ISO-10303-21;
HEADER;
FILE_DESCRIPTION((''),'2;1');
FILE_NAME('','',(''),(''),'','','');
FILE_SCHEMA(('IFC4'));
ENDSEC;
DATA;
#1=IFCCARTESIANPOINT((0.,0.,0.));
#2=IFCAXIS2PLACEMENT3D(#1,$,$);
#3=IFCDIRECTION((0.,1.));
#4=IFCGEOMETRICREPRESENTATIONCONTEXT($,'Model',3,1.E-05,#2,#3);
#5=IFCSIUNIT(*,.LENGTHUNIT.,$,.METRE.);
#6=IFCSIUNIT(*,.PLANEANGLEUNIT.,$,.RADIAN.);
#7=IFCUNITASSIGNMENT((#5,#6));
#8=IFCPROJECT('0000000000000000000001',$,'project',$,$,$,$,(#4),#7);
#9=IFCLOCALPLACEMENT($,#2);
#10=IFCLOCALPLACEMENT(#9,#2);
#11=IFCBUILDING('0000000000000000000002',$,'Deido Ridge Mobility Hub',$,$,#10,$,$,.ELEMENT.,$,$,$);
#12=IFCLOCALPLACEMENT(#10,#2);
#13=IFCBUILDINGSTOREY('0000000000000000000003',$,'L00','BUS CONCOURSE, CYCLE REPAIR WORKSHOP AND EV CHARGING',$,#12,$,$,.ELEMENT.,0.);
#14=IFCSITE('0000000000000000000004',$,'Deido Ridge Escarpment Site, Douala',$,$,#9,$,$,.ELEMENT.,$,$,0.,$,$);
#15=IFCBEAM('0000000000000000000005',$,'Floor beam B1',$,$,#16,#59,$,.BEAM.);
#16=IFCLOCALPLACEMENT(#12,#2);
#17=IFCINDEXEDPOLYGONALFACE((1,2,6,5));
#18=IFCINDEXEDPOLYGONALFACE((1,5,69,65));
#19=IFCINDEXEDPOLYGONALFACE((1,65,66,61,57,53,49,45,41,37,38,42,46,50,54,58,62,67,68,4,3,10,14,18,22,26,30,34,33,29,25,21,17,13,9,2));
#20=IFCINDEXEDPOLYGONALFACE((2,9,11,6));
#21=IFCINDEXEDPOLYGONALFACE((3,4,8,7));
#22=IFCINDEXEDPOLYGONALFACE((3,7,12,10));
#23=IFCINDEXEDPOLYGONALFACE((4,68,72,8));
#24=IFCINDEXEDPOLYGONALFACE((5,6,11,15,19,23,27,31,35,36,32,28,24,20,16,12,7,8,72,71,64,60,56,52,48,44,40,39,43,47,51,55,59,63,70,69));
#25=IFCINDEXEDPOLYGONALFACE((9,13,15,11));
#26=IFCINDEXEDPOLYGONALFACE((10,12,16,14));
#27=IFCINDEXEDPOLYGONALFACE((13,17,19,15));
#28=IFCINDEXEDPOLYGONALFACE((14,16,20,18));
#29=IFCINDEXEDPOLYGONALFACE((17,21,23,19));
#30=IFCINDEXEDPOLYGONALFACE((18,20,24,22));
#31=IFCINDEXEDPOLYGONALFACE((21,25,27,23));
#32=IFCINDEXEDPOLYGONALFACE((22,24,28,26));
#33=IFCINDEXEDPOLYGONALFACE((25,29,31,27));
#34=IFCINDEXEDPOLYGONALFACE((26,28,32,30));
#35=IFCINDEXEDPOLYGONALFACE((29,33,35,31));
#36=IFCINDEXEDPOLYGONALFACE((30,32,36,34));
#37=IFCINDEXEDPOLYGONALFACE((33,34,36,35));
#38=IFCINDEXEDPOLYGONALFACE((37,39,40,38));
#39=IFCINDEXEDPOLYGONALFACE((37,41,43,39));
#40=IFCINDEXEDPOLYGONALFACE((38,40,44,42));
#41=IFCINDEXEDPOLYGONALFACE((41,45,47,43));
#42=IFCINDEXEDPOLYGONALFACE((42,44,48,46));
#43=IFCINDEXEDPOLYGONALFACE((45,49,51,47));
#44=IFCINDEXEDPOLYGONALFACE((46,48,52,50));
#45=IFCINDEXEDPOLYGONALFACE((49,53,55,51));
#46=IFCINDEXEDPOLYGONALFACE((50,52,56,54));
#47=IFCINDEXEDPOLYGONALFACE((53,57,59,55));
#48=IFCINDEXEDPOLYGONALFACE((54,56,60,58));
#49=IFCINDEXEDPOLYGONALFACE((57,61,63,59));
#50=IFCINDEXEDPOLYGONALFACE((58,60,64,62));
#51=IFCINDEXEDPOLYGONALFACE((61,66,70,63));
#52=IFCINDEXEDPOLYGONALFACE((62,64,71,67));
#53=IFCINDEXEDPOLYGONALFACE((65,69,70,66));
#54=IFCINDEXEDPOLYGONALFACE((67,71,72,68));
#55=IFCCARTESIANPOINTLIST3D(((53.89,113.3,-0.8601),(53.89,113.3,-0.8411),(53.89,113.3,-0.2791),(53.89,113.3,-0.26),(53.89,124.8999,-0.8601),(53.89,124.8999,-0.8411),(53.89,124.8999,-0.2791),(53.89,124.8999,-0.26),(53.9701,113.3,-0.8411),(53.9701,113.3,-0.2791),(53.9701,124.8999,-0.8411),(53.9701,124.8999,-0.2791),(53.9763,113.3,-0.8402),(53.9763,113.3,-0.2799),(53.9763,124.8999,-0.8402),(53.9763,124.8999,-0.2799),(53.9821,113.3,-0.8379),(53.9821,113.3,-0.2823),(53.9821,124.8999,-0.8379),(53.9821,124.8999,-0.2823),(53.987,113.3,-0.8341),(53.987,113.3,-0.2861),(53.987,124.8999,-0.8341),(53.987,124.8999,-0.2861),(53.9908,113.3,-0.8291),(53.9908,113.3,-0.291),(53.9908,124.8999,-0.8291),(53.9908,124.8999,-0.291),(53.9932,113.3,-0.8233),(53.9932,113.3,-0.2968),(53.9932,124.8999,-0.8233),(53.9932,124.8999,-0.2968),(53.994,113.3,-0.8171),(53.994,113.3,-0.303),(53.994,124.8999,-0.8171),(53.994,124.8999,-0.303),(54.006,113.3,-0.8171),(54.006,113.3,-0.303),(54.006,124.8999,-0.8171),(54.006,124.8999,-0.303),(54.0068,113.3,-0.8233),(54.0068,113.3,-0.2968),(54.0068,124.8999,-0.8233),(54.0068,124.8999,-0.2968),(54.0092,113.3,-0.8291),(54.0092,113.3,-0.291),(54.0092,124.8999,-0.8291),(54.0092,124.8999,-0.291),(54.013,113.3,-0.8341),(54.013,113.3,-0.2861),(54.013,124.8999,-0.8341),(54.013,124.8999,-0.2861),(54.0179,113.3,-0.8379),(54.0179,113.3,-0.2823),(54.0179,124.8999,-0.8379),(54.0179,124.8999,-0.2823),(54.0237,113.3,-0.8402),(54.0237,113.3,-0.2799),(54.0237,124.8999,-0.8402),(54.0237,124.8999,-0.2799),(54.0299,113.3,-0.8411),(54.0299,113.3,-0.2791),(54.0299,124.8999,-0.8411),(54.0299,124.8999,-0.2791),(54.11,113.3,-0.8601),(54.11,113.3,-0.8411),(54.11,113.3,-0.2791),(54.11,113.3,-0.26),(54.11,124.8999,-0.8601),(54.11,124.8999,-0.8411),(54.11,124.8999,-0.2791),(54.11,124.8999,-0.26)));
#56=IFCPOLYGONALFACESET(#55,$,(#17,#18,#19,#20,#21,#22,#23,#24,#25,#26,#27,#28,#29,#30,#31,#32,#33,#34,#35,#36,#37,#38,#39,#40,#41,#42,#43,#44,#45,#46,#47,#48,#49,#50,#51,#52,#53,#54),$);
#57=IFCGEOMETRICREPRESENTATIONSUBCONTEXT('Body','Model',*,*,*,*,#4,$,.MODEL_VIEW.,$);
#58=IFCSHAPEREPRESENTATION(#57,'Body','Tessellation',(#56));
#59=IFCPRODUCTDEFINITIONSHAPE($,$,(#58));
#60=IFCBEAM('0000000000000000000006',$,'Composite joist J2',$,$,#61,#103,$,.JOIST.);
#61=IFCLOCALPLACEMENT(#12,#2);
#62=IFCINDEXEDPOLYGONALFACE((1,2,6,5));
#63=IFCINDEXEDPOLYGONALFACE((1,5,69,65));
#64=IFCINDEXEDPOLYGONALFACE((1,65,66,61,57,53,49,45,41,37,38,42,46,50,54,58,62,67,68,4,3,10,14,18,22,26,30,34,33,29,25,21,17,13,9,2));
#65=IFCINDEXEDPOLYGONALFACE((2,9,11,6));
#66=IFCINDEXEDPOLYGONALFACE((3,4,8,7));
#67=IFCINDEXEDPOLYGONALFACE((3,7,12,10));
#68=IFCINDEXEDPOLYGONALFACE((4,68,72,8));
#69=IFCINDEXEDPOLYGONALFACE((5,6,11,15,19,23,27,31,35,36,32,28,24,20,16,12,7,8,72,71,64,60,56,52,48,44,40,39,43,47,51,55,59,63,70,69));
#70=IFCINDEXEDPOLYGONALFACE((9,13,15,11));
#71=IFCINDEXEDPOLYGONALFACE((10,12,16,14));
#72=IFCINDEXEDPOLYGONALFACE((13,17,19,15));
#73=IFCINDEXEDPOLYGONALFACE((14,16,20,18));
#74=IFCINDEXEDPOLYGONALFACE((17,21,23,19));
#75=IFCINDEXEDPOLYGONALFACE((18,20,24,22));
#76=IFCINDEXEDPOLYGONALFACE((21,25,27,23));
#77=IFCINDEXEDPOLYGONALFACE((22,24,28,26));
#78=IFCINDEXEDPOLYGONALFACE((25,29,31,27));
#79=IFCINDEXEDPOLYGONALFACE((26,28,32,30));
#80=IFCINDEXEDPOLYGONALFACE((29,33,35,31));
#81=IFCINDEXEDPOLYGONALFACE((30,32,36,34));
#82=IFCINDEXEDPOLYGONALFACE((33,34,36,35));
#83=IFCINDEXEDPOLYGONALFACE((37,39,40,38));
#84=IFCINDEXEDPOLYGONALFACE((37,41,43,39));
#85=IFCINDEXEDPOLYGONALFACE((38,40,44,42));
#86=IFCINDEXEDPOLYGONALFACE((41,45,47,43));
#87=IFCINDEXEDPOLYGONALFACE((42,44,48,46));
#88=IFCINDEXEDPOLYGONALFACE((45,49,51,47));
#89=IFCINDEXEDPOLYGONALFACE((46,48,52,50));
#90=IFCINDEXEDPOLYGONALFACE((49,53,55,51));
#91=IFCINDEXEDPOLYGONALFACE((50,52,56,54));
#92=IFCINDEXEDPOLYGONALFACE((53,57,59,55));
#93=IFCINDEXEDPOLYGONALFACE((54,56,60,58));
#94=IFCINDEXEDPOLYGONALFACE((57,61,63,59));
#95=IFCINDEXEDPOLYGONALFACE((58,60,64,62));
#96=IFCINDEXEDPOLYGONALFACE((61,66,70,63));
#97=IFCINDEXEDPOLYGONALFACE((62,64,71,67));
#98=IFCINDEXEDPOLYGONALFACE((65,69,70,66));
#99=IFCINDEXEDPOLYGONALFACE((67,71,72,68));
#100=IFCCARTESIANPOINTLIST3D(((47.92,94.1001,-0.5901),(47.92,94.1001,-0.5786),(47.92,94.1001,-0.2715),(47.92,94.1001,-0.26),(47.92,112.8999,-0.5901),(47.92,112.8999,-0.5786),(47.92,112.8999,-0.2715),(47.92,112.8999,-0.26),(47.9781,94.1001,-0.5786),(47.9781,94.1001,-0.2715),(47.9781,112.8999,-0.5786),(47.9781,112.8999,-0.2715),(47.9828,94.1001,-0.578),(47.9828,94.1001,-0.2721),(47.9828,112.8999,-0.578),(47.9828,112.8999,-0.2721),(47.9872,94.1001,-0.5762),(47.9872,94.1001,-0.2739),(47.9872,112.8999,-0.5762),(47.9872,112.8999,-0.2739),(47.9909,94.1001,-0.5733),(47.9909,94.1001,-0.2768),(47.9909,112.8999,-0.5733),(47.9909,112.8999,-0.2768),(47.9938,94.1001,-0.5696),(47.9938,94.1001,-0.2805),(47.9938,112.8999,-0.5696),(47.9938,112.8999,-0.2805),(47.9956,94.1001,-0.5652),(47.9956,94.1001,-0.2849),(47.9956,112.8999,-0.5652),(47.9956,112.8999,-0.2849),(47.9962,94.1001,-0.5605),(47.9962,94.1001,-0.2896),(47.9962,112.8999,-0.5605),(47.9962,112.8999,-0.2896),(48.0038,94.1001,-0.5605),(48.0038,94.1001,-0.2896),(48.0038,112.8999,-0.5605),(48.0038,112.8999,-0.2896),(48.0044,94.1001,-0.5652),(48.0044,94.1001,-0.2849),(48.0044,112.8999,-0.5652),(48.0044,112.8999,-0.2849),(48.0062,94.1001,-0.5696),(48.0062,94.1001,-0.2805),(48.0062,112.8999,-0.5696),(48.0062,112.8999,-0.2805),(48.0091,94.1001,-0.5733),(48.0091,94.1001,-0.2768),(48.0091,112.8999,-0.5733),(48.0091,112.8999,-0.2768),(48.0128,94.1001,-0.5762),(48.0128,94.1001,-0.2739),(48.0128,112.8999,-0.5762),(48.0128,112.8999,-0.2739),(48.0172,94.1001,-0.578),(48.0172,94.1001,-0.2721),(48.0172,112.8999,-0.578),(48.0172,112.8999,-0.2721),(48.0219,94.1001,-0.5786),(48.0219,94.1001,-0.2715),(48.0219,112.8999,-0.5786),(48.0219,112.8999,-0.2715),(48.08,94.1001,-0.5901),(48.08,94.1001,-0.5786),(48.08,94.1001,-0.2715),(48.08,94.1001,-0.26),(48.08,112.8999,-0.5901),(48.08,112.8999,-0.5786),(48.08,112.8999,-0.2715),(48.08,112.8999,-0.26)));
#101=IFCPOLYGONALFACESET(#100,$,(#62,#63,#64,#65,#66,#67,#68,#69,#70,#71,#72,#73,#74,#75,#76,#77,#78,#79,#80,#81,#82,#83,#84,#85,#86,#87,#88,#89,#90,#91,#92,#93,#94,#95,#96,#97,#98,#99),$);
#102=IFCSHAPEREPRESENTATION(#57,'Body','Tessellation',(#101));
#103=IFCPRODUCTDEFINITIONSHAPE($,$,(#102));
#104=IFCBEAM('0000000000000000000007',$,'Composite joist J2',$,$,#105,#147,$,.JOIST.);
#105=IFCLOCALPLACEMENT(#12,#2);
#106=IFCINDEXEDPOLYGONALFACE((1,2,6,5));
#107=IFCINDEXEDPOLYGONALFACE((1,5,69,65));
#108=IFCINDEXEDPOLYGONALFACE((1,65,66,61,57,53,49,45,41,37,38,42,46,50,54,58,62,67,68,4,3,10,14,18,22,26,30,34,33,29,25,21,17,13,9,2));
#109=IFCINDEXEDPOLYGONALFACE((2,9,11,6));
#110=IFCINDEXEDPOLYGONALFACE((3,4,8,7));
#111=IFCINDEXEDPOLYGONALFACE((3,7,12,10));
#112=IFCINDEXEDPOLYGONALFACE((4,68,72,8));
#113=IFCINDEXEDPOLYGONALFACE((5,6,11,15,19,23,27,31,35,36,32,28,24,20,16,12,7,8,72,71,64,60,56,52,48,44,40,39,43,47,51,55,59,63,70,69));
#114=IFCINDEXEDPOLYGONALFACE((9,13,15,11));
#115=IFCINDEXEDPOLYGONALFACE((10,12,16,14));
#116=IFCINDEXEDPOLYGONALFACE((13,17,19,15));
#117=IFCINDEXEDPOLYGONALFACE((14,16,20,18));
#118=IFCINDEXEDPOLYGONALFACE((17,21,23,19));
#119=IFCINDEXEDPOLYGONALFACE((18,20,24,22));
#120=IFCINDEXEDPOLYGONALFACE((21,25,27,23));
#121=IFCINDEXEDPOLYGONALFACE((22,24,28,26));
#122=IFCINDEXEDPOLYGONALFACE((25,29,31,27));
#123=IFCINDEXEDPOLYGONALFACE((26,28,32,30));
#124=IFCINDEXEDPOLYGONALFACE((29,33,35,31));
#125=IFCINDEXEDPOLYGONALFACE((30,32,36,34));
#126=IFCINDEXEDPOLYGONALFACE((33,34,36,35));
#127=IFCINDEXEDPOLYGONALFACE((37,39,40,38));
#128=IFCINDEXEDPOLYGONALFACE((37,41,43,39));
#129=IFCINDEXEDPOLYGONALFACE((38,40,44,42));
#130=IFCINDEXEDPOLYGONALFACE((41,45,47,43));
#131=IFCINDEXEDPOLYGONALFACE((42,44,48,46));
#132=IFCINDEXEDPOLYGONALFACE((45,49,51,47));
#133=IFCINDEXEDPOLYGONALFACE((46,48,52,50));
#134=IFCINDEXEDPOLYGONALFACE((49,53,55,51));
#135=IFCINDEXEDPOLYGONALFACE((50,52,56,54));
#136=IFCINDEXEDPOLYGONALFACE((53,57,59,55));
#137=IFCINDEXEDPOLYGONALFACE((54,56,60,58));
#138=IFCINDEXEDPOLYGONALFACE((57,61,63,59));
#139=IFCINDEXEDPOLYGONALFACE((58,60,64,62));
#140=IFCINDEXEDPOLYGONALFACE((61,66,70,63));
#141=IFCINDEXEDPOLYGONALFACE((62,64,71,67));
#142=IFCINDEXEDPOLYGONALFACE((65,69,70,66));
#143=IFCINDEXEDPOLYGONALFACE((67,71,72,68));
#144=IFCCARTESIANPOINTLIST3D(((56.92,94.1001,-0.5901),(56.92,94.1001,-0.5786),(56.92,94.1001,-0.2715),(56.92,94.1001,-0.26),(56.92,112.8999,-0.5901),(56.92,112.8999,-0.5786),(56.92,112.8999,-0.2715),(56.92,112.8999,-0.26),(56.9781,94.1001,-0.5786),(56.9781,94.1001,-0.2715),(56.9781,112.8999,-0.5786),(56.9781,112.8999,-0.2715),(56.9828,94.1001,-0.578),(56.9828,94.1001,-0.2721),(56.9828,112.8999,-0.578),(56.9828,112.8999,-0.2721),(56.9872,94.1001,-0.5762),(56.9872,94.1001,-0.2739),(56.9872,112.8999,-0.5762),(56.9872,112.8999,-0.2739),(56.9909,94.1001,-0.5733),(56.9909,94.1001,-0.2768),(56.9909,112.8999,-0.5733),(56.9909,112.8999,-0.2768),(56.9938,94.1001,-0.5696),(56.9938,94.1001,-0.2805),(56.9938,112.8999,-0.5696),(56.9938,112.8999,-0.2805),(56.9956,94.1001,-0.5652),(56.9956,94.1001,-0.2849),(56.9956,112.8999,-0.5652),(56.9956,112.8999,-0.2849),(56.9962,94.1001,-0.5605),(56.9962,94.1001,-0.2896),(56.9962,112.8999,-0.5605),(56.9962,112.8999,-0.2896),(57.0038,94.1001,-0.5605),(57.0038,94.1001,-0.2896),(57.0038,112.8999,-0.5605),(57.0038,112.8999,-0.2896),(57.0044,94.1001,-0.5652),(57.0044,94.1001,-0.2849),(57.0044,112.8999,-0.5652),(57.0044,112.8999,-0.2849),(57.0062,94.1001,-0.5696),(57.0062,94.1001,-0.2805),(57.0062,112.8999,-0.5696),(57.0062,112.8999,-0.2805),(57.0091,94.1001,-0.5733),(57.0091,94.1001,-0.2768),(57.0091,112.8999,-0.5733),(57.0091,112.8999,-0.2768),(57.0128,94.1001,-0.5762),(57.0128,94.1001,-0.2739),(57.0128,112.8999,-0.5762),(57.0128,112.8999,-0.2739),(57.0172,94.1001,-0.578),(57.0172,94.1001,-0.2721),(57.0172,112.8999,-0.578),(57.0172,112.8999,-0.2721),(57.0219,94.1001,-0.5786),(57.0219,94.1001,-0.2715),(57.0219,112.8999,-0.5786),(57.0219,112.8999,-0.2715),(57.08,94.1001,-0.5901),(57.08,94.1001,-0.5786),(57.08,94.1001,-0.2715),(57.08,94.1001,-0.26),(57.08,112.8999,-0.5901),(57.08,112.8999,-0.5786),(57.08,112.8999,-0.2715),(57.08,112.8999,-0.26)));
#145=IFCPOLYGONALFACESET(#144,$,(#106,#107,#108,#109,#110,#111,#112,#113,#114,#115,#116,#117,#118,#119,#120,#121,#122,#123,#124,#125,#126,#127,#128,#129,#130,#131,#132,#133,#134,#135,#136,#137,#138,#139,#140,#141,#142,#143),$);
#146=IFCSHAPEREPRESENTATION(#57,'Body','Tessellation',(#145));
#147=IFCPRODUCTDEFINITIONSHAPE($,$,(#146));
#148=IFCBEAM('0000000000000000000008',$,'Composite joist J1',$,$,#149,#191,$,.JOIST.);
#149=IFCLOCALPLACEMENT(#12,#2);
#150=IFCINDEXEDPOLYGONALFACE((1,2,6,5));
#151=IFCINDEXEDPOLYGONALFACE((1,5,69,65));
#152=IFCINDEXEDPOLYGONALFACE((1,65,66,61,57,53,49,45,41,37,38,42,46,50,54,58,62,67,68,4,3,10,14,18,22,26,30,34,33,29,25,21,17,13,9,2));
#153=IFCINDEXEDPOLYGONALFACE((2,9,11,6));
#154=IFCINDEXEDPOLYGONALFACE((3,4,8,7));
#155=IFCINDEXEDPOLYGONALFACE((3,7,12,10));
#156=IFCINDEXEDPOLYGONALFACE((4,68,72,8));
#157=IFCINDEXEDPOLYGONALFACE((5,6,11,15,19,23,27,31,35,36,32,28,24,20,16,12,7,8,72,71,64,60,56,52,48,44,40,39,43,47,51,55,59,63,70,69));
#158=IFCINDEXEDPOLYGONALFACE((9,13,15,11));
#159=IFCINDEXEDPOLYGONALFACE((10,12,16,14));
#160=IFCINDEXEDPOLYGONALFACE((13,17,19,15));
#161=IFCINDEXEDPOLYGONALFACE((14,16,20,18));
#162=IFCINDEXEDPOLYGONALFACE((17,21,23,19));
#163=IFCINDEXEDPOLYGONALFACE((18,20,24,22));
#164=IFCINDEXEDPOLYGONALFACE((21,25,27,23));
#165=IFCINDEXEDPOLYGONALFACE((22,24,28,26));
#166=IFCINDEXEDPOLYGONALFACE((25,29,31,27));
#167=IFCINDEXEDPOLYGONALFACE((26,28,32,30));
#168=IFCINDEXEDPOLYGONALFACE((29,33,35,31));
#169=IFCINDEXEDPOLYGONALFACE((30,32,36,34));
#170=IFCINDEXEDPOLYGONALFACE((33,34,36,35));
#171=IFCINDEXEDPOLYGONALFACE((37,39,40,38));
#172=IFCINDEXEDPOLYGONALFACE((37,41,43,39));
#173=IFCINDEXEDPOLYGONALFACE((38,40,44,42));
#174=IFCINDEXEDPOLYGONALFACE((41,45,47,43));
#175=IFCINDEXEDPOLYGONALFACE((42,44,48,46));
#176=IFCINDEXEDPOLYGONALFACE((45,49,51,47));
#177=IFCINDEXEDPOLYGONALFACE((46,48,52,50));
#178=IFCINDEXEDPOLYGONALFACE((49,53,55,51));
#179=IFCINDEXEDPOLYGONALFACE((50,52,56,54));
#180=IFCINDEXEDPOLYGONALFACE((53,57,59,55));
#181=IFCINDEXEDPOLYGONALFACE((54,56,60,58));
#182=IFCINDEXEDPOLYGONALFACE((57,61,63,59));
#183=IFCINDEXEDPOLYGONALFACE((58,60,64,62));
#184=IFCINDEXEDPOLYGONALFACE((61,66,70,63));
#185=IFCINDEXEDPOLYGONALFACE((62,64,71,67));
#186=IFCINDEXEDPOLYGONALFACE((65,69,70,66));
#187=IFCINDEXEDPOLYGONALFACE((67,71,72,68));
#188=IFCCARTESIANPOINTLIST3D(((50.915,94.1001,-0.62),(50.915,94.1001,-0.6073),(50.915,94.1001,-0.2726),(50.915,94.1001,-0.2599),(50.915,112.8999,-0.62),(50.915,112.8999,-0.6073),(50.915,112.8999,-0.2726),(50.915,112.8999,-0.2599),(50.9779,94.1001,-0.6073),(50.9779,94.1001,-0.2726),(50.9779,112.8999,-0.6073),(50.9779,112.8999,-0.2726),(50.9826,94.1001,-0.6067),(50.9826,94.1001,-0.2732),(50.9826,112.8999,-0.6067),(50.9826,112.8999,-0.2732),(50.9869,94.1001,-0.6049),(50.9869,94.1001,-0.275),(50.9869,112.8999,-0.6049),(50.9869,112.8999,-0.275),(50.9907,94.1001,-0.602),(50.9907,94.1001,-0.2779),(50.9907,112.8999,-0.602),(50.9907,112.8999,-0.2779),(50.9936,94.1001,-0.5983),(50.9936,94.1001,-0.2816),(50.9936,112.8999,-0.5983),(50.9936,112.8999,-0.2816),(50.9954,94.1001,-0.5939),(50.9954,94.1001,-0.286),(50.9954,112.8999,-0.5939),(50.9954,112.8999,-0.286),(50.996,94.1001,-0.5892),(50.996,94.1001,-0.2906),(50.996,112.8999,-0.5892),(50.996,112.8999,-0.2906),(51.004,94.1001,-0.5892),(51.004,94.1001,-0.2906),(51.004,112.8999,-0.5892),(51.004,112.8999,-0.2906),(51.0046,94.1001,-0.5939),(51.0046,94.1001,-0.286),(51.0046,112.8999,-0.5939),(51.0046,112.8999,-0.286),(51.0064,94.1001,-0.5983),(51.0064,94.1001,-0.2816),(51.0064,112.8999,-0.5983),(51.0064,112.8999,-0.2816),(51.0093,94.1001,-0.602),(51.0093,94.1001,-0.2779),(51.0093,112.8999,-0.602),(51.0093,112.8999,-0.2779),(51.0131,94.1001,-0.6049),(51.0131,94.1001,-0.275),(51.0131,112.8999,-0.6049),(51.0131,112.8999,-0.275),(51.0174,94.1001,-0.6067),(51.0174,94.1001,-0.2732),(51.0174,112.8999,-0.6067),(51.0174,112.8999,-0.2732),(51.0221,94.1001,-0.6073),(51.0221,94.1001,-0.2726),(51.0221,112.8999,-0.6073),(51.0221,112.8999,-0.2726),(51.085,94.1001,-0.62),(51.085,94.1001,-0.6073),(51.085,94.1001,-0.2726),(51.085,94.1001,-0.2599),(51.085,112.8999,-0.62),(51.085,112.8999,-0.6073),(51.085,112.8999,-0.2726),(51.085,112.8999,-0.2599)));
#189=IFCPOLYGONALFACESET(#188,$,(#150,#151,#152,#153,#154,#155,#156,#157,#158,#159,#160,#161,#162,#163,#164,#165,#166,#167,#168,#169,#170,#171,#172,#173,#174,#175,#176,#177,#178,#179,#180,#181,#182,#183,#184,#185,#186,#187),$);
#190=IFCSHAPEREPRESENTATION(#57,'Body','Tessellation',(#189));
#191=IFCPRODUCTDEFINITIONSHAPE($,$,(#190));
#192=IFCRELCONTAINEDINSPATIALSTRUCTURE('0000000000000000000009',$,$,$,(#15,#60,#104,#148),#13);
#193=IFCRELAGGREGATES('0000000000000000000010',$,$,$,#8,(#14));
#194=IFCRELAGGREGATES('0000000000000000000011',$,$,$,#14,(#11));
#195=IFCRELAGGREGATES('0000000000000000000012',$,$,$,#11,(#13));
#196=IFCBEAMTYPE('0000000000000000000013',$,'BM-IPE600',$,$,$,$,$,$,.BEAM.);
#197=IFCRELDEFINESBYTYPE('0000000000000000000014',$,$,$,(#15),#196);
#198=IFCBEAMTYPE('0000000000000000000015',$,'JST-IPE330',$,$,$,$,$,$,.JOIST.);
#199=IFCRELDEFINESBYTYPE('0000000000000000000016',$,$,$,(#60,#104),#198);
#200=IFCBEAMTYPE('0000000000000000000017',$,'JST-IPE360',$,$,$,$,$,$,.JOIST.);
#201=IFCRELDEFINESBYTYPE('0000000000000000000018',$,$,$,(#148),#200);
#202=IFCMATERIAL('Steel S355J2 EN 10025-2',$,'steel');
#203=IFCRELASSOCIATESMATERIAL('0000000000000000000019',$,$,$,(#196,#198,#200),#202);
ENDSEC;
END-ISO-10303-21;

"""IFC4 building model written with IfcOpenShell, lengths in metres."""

from ifc_helpers import new_model, si_unit, direction, frame, origin, origin_2d, place, context, subcontext, project, spatial, i_section, extrude, material, material_profile, profile_set, type_object, element, save


model = new_model("IFC4")

# Units and contexts
model_context = context("Model", 3, precision=1e-05, world=origin(), true_north=direction((0.0, 1.0)))
body_context = subcontext(model_context, "Body", "Model", "MODEL_VIEW")
ifc_project = project(units=[si_unit("LENGTHUNIT", "METRE"), si_unit("PLANEANGLEUNIT", "RADIAN")], contexts=[model_context])

# Site, building, storey
site_placement = place(None, origin())
site = spatial("IfcSite", under=ifc_project, at=site_placement, Name="Deido Ridge Escarpment Site, Douala", CompositionType="ELEMENT", RefElevation=0.0)
building_placement = place(site_placement, origin())
building = spatial("IfcBuilding", under=site, at=building_placement, Name="Deido Ridge Mobility Hub", CompositionType="ELEMENT")
storey_placement = place(building_placement, origin())
storey = spatial("IfcBuildingStorey", under=building, at=storey_placement, Name="L00", Description="BUS CONCOURSE, CYCLE REPAIR WORKSHOP AND EV CHARGING", CompositionType="ELEMENT", Elevation=0.0)

# Shared definitions
ifc_material_1 = material(Name="Steel S355J2 EN 10025-2", Category="steel")

# Beams
ifc_material_profile_1 = material_profile(ifc_material_1, i_section(OverallWidth=0.22, OverallDepth=0.6001, WebThickness=0.012, FlangeThickness=0.019, FilletRadius=0.0239, at=origin_2d()), Name="IPE 600")
ifc_profile_set_1 = profile_set([ifc_material_profile_1], Name="Steel S355J2 EN 10025-2")
beam_type_1 = type_object("IfcBeamType", Name="BM-IPE600", PredefinedType="BEAM", material=ifc_profile_set_1)
beam_1_placement = place(storey_placement, frame((54.0, 113.3, -0.5601), z_axis=(0.0, 1.0, 0.0), x_axis=(-1.0, 0.0, 0.0)))
element("IfcBeam", 1, at=beam_1_placement, inside=storey, type_object=beam_type_1, Name="Floor beam B1", PredefinedType="BEAM", context=body_context, shape_type="SweptSolid", body=[
    extrude(i_section(OverallWidth=0.22, OverallDepth=0.6001, WebThickness=0.012, FlangeThickness=0.019, FilletRadius=0.0239, at=origin_2d()), origin(), (0.0, 0.0, 1.0), 11.5999),
])
ifc_material_profile_2 = material_profile(ifc_material_1, i_section(OverallWidth=0.1599, OverallDepth=0.3301, WebThickness=0.0076, FlangeThickness=0.0115, FilletRadius=0.0181, at=origin_2d()), Name="IPE 330")
ifc_profile_set_2 = profile_set([ifc_material_profile_2], Name="Steel S355J2 EN 10025-2")
beam_type_2 = type_object("IfcBeamType", Name="JST-IPE330", PredefinedType="JOIST", material=ifc_profile_set_2)
for number, where, z_axis, x_axis, name in (
    (2, (48.0, 94.1001, -0.425), (0.0, 1.0, 0.0), (-1.0, 0.0, 0.0), "Composite joist J2"),
    (3, (57.0, 94.1001, -0.425), (0.0, 1.0, 0.0), (-1.0, 0.0, 0.0), "Composite joist J2"),
):
    element("IfcBeam", number, at=place(storey_placement, frame(where, z_axis=z_axis, x_axis=x_axis)), inside=storey, type_object=beam_type_2, Name=name, PredefinedType="JOIST", context=body_context, shape_type="SweptSolid", body=[
        extrude(i_section(OverallWidth=0.1599, OverallDepth=0.3301, WebThickness=0.0076, FlangeThickness=0.0115, FilletRadius=0.0181, at=origin_2d()), origin(), (0.0, 0.0, 1.0), 18.7998),
    ])
ifc_material_profile_3 = material_profile(ifc_material_1, i_section(OverallWidth=0.1699, OverallDepth=0.3601, WebThickness=0.0081, FlangeThickness=0.0127, FilletRadius=0.0181, at=origin_2d()), Name="IPE 360")
ifc_profile_set_3 = profile_set([ifc_material_profile_3], Name="Steel S355J2 EN 10025-2")
beam_type_3 = type_object("IfcBeamType", Name="JST-IPE360", PredefinedType="JOIST", material=ifc_profile_set_3)
for number, where, z_axis, x_axis, name in (
    (4, (51.0, 94.1001, -0.4399), (0.0, 1.0, 0.0), (-1.0, 0.0, 0.0), "Composite joist J1"),
):
    element("IfcBeam", number, at=place(storey_placement, frame(where, z_axis=z_axis, x_axis=x_axis)), inside=storey, type_object=beam_type_3, Name=name, PredefinedType="JOIST", context=body_context, shape_type="SweptSolid", body=[
        extrude(i_section(OverallWidth=0.1699, OverallDepth=0.3601, WebThickness=0.0081, FlangeThickness=0.0127, FilletRadius=0.0181, at=origin_2d()), origin(), (0.0, 0.0, 1.0), 18.7998),
    ])

save(model, "model.ifc")
